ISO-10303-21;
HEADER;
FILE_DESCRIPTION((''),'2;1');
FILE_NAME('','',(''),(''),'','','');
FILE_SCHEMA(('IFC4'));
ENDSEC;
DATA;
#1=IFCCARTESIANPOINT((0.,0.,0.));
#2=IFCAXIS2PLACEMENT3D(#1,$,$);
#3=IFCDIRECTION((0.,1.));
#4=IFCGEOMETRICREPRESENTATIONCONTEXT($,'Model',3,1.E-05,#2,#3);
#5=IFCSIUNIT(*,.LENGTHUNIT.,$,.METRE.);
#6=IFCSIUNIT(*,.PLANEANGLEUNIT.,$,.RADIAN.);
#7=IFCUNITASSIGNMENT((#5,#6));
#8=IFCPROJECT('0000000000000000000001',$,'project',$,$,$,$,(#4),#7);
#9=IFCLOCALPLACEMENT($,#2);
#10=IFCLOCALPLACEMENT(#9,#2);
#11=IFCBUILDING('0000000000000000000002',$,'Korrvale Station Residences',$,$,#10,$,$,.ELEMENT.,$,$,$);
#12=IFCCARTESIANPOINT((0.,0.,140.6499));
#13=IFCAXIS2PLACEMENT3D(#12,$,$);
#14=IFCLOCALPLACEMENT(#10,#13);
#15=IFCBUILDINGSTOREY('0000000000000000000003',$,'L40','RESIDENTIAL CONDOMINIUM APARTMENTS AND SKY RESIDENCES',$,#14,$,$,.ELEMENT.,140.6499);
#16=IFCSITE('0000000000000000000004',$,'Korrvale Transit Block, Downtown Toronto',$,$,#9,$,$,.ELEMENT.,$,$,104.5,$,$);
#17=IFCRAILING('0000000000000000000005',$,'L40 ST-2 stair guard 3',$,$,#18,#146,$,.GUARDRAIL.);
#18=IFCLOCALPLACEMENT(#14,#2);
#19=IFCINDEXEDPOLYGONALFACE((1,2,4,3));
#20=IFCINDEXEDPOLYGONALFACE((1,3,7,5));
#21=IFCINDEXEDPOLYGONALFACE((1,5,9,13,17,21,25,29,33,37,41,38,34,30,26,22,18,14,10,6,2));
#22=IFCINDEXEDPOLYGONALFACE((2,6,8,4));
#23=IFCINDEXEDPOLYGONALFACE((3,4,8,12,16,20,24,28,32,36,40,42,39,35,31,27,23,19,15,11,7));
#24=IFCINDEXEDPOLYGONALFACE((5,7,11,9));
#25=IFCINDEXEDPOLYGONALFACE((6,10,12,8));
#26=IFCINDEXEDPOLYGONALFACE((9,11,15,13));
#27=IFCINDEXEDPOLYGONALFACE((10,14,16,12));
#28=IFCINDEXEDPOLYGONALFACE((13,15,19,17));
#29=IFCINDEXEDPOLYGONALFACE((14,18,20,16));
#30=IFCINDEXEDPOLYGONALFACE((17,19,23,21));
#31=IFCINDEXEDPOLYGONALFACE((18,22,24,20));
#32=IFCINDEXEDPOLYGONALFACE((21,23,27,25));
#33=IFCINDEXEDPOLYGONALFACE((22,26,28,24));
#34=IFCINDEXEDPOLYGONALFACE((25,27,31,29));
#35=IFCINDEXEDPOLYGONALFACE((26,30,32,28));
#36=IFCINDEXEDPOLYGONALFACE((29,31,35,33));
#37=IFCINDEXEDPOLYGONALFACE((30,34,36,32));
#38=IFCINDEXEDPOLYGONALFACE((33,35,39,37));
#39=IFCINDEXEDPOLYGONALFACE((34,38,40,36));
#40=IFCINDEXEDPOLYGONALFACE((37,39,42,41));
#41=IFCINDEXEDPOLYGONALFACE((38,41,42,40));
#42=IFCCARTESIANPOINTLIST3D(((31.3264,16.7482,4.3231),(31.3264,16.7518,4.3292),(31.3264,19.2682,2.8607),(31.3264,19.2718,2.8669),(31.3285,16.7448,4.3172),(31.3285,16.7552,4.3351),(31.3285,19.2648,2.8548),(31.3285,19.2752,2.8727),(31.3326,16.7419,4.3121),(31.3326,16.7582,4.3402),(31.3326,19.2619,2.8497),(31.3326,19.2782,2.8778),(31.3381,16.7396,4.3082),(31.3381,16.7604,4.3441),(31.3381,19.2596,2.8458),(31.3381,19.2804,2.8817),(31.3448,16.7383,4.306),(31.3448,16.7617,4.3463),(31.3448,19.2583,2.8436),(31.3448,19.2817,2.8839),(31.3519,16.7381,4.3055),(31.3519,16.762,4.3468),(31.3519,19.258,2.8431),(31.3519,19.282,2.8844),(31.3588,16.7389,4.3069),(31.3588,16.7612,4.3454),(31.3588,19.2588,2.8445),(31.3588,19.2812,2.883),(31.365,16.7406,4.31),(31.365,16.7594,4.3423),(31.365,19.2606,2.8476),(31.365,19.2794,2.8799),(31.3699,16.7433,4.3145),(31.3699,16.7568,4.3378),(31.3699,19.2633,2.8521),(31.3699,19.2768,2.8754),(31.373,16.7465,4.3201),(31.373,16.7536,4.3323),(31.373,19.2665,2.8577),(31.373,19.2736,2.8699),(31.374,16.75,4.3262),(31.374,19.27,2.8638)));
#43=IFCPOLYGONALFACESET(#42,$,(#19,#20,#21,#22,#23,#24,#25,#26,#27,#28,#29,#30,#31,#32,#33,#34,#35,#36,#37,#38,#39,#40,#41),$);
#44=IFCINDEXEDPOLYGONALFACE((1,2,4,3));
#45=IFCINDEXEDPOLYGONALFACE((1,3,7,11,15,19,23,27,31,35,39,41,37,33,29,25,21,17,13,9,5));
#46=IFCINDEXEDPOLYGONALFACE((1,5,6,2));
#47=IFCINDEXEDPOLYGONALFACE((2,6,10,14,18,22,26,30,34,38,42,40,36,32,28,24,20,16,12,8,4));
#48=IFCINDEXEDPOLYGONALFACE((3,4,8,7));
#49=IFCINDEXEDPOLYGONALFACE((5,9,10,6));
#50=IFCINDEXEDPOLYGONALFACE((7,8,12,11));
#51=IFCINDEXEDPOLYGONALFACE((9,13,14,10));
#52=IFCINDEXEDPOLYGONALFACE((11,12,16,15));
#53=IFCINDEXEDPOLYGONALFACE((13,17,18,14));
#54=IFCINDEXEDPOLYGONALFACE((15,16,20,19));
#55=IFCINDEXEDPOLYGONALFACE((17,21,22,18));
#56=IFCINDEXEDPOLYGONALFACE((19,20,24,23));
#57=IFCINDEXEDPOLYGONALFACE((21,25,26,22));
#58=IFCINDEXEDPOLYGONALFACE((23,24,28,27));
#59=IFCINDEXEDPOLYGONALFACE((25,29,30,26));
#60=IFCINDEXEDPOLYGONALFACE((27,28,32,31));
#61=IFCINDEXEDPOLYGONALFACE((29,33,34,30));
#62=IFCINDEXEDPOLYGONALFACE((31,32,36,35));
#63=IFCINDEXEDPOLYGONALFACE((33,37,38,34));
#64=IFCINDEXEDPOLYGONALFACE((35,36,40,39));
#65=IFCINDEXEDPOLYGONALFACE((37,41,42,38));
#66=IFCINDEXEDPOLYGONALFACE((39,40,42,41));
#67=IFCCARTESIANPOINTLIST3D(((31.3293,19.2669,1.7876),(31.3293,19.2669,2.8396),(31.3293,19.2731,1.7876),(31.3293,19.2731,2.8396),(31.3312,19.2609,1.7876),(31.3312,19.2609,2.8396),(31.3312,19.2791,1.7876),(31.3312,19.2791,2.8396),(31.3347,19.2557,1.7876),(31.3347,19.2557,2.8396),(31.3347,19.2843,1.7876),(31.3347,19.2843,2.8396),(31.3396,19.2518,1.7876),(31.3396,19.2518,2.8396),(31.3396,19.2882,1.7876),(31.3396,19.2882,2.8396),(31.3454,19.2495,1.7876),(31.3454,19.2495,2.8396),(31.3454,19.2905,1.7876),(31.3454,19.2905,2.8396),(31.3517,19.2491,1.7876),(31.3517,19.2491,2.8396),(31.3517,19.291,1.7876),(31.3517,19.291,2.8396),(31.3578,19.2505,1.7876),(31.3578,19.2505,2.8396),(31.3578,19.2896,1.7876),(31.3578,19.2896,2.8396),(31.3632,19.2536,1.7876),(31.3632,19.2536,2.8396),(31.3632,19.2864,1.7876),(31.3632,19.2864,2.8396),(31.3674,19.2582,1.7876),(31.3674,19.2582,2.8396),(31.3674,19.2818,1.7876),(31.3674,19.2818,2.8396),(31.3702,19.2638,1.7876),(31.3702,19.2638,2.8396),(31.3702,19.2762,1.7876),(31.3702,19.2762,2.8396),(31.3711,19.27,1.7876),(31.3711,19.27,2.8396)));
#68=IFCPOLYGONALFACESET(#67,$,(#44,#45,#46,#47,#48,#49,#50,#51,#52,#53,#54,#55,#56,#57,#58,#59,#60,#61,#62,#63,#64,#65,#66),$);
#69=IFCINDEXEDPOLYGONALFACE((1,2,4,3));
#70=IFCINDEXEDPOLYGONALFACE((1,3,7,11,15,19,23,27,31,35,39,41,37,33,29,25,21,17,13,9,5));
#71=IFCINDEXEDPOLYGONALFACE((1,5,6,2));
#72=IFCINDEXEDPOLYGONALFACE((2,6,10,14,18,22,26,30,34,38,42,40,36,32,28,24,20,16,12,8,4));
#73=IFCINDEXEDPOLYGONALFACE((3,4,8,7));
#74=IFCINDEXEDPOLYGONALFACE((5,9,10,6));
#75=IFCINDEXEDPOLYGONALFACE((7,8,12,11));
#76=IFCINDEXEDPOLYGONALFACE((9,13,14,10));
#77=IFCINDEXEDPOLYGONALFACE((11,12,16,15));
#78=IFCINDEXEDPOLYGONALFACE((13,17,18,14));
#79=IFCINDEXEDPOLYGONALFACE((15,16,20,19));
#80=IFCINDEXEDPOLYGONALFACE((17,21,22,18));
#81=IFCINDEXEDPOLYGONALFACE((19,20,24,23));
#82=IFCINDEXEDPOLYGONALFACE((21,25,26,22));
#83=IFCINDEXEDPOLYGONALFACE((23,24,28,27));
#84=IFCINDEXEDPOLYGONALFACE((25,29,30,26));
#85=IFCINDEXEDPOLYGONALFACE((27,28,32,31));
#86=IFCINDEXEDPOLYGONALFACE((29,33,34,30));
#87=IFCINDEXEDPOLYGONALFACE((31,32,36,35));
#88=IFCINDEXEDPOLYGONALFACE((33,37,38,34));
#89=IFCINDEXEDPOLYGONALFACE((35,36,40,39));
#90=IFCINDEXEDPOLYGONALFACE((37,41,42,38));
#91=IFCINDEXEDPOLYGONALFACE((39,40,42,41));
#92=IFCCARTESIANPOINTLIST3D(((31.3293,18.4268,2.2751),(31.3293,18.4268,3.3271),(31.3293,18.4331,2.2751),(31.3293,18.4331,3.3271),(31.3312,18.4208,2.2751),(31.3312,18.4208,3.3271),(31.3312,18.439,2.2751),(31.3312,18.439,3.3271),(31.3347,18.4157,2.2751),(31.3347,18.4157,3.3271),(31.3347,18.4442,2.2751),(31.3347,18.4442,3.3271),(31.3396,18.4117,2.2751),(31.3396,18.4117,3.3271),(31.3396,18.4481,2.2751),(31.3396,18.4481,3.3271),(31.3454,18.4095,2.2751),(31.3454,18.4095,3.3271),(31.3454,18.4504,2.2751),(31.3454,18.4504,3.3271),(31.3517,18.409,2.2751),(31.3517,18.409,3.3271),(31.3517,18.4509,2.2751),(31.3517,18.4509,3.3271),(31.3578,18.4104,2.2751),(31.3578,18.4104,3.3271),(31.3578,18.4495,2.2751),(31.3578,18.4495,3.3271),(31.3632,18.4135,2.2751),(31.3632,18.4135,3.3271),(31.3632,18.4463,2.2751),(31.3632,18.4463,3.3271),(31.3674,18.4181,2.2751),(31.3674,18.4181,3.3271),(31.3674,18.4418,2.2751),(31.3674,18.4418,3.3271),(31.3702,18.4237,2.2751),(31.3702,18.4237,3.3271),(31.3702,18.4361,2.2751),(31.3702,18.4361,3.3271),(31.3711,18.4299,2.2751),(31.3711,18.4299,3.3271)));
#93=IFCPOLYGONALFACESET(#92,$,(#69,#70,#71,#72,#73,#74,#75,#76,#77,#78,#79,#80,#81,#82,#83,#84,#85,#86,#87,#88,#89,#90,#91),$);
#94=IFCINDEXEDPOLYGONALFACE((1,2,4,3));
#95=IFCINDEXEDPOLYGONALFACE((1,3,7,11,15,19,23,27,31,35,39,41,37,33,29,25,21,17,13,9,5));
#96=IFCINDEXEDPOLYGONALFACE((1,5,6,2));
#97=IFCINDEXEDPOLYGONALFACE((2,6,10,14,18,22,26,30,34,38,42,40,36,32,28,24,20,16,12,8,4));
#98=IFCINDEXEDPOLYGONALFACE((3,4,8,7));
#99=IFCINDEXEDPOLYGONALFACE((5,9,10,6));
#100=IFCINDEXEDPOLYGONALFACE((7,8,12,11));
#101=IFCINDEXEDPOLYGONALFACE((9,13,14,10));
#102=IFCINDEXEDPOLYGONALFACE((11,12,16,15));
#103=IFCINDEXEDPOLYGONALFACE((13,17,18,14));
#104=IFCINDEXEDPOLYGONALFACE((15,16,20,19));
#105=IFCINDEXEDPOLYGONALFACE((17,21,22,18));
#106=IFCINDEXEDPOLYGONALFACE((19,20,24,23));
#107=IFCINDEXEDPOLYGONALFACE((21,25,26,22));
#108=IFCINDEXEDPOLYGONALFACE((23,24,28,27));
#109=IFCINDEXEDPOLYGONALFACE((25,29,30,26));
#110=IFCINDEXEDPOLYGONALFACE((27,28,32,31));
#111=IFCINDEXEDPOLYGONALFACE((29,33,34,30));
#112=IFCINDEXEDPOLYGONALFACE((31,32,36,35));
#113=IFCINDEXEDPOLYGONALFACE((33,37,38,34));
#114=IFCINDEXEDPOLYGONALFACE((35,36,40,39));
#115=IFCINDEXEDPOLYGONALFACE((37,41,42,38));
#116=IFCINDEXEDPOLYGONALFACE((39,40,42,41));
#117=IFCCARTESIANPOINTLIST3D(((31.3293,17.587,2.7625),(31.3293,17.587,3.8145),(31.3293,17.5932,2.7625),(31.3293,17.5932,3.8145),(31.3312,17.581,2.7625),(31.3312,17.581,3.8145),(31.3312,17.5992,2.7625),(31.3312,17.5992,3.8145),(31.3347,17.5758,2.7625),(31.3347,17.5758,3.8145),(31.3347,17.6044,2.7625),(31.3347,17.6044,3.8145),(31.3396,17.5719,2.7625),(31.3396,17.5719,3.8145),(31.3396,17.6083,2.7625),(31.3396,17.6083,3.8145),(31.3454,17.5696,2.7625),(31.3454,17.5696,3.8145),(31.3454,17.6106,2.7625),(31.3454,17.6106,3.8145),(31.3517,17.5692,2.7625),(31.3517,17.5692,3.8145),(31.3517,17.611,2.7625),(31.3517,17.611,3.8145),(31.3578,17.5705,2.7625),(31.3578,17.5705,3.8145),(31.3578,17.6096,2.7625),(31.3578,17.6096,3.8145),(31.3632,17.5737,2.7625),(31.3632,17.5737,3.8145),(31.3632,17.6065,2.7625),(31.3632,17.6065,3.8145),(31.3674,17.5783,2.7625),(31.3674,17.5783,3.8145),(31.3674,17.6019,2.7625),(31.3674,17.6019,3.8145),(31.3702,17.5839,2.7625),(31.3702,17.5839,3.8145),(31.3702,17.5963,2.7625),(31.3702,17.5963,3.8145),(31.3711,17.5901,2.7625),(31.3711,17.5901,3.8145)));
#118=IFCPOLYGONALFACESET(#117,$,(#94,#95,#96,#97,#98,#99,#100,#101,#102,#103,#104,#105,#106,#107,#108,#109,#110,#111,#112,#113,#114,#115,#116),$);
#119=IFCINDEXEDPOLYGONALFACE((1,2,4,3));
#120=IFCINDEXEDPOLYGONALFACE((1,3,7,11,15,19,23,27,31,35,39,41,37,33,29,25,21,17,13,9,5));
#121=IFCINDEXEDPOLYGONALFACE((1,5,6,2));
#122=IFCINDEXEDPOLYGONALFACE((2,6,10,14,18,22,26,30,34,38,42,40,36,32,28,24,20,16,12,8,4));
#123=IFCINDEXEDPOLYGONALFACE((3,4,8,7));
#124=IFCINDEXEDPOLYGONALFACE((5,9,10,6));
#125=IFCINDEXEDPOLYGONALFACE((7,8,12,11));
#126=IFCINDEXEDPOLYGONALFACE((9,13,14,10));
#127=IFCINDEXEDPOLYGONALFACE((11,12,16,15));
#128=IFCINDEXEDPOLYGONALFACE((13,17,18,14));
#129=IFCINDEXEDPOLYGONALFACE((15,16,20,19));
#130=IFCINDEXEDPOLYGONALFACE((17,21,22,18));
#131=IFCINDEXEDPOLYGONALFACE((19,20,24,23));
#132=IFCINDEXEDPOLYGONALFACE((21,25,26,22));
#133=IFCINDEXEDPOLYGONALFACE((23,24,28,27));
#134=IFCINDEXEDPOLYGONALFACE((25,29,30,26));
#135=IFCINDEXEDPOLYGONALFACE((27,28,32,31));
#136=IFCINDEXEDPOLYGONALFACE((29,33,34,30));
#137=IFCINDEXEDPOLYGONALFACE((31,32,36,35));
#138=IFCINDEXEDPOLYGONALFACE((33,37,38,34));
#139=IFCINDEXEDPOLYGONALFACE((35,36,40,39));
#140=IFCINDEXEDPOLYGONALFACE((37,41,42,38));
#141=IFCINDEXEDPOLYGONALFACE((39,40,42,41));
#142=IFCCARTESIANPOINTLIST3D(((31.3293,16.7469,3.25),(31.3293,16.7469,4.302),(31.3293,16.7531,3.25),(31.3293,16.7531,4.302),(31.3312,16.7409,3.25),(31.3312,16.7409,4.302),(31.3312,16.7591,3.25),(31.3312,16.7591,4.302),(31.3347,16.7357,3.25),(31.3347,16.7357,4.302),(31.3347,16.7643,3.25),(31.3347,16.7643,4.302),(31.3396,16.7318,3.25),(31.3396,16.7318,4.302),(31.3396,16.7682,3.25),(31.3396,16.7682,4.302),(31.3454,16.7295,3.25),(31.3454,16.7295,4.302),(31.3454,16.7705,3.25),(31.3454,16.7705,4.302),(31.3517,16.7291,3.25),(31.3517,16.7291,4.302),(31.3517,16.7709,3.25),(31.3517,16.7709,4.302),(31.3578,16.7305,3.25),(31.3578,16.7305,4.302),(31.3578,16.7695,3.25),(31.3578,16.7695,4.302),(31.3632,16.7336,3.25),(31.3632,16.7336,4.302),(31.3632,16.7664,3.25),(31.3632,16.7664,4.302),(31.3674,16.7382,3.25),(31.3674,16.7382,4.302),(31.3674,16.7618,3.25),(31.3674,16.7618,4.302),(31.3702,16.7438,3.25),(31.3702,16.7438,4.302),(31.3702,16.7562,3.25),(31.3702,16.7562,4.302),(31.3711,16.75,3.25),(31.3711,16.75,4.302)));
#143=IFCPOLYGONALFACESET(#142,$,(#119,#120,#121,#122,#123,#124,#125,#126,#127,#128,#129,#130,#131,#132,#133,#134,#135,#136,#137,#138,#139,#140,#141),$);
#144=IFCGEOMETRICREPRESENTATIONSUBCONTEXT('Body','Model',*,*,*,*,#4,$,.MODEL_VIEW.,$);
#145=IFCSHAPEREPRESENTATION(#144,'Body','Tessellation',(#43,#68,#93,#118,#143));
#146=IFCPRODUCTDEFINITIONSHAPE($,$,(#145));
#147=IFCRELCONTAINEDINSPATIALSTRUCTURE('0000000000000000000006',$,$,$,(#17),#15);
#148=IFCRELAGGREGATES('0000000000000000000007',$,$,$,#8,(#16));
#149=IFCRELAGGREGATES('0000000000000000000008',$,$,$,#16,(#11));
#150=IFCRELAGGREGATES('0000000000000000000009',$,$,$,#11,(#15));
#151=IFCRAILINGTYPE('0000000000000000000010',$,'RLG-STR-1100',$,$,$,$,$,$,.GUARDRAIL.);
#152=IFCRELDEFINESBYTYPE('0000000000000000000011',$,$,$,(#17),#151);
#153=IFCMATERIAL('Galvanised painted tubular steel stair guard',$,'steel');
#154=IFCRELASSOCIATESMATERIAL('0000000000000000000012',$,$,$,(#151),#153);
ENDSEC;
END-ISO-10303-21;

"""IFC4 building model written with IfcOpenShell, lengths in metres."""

from ifc_helpers import new_model, si_unit, direction, frame, origin, origin_2d, place, context, subcontext, project, spatial, circle, extrude, material, type_object, element, save


model = new_model("IFC4")

# Units and contexts
model_context = context("Model", 3, precision=1e-05, world=origin(), true_north=direction((0.0, 1.0)))
body_context = subcontext(model_context, "Body", "Model", "MODEL_VIEW")
ifc_project = project(units=[si_unit("LENGTHUNIT", "METRE"), si_unit("PLANEANGLEUNIT", "RADIAN")], contexts=[model_context])

# Site, building, storey
site_placement = place(None, origin())
site = spatial("IfcSite", under=ifc_project, at=site_placement, Name="Korrvale Transit Block, Downtown Toronto", CompositionType="ELEMENT", RefElevation=104.5)
building_placement = place(site_placement, origin())
building = spatial("IfcBuilding", under=site, at=building_placement, Name="Korrvale Station Residences", CompositionType="ELEMENT")
storey_placement = place(building_placement, frame((0.0, 0.0, 140.6499)))
storey = spatial("IfcBuildingStorey", under=building, at=storey_placement, Name="L40", Description="RESIDENTIAL CONDOMINIUM APARTMENTS AND SKY RESIDENCES", CompositionType="ELEMENT", Elevation=140.6499)

# Railing
ifc_material_1 = material(Name="Galvanised painted tubular steel stair guard", Category="steel")
railing_type_1 = type_object("IfcRailingType", Name="RLG-STR-1100", PredefinedType="GUARDRAIL", material=ifc_material_1)
railing_1_placement = place(storey_placement, frame((31.3501, 19.27, 1.7876)))
element("IfcRailing", 1, at=railing_1_placement, inside=storey, type_object=railing_type_1, Name="L40 ST-2 stair guard 3", PredefinedType="GUARDRAIL", context=body_context, shape_type="SweptSolid", body=[
    extrude(circle(Radius=0.0239, at=origin_2d()), frame((0.0, 0.0, 1.0762), z_axis=(0.0, -0.864913, 0.501921), x_axis=(1.0, 0.0, 0.0)), (0.0, 0.0, 1.0), 2.9136),
    extrude(circle(Radius=0.021, at=origin_2d()), origin(), (0.0, 0.0, 1.0), 1.052),
    extrude(circle(Radius=0.021, at=origin_2d()), frame((0.0, -0.8401, 0.4875)), (0.0, 0.0, 1.0), 1.052),
    extrude(circle(Radius=0.021, at=origin_2d()), frame((0.0, -1.6799, 0.9749)), (0.0, 0.0, 1.0), 1.052),
    extrude(circle(Radius=0.021, at=origin_2d()), frame((0.0, -2.52, 1.4624)), (0.0, 0.0, 1.0), 1.052),
])

save(model, "model.ifc")
